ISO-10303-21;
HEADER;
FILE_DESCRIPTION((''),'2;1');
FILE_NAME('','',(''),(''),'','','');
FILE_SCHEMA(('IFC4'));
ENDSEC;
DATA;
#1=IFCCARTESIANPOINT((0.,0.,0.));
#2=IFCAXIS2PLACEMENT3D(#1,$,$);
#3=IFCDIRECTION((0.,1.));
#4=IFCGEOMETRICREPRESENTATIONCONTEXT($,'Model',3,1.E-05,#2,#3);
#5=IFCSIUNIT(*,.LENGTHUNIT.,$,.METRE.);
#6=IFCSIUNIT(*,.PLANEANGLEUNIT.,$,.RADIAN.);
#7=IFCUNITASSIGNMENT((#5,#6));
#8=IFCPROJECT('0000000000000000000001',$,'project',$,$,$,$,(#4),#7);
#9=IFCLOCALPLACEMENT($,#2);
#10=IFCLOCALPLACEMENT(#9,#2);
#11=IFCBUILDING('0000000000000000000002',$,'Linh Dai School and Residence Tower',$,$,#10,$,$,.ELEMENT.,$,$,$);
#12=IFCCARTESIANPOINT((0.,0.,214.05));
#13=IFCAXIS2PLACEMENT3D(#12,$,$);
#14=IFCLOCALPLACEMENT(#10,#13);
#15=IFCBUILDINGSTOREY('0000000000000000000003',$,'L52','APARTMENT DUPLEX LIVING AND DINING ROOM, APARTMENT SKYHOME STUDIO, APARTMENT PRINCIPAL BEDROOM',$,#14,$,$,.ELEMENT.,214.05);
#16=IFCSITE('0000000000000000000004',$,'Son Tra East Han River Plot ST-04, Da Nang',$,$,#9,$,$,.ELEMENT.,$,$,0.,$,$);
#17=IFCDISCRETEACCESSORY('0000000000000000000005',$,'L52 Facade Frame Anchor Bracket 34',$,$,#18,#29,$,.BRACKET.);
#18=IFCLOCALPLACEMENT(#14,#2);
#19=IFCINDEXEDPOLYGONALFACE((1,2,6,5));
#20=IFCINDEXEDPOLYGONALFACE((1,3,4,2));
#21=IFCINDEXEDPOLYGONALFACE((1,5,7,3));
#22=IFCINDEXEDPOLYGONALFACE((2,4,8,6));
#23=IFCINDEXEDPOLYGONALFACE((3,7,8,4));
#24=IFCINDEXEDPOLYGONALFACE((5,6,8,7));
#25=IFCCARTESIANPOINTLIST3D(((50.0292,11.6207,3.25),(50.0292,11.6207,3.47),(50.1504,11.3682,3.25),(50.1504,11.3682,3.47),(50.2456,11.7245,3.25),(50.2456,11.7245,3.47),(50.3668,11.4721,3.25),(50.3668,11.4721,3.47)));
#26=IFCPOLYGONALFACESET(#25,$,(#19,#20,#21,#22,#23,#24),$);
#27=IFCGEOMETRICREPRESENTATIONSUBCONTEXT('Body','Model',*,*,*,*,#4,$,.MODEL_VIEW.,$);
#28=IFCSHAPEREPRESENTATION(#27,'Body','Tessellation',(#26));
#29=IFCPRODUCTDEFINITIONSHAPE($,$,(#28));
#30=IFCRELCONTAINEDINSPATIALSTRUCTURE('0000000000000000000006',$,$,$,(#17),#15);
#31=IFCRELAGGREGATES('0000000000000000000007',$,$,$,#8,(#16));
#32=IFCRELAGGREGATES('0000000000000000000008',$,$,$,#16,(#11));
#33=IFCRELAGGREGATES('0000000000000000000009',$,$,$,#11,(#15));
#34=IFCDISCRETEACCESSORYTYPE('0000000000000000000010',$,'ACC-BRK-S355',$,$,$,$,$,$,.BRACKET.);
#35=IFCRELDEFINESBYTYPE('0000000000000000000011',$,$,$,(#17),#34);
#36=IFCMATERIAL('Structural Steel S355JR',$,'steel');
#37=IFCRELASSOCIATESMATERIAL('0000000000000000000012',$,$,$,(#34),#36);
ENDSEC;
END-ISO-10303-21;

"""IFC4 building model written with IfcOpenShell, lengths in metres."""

from ifc_helpers import new_model, si_unit, direction, frame, origin, origin_2d, place, context, subcontext, project, spatial, rectangle, extrude, source, transform, mapped, material, type_object, element, save


model = new_model("IFC4")

# Units and contexts
model_context = context("Model", 3, precision=1e-05, world=origin(), true_north=direction((0.0, 1.0)))
body_context = subcontext(model_context, "Body", "Model", "MODEL_VIEW")
ifc_project = project(units=[si_unit("LENGTHUNIT", "METRE"), si_unit("PLANEANGLEUNIT", "RADIAN")], contexts=[model_context])

# Site, building, storey
site_placement = place(None, origin())
site = spatial("IfcSite", under=ifc_project, at=site_placement, Name="Son Tra East Han River Plot ST-04, Da Nang", CompositionType="ELEMENT", RefElevation=0.0)
building_placement = place(site_placement, origin())
building = spatial("IfcBuilding", under=site, at=building_placement, Name="Linh Dai School and Residence Tower", CompositionType="ELEMENT")
storey_placement = place(building_placement, frame((0.0, 0.0, 214.05)))
storey = spatial("IfcBuildingStorey", under=building, at=storey_placement, Name="L52", Description="APARTMENT DUPLEX LIVING AND DINING ROOM, APARTMENT SKYHOME STUDIO, APARTMENT PRINCIPAL BEDROOM", CompositionType="ELEMENT", Elevation=214.05)

# Shared definitions
ifc_material_1 = material(Name="Structural Steel S355JR", Category="steel")

# Discrete accessory
discrete_accessory_type = type_object("IfcDiscreteAccessoryType", Name="ACC-BRK-S355", PredefinedType="BRACKET", material=ifc_material_1)
shared_shape_1 = source(origin(), body_context, "Body", "SweptSolid", [
    extrude(rectangle(XDim=0.28, YDim=0.24, at=origin_2d()), origin(), (0.0, 0.0, 1.0), 0.22),
])
discrete_accessory_placement = place(storey_placement, frame((50.198, 11.5464, 3.25), z_axis=(0.0, 0.0, 1.0), x_axis=(0.432594, -0.901589, 0.0)))
element("IfcDiscreteAccessory", 1, at=discrete_accessory_placement, inside=storey, type_object=discrete_accessory_type, Name="L52 Facade Frame Anchor Bracket 34", PredefinedType="BRACKET", context=body_context, shape_type="MappedRepresentation", body=[
    mapped(shared_shape_1, transform((0.0, 0.0, 0.0), x_axis=(1.0, 0.0, 0.0), y_axis=(0.0, 1.0, 0.0), z_axis=(0.0, 0.0, 1.0), scale=1.0)),
])

save(model, "model.ifc")
